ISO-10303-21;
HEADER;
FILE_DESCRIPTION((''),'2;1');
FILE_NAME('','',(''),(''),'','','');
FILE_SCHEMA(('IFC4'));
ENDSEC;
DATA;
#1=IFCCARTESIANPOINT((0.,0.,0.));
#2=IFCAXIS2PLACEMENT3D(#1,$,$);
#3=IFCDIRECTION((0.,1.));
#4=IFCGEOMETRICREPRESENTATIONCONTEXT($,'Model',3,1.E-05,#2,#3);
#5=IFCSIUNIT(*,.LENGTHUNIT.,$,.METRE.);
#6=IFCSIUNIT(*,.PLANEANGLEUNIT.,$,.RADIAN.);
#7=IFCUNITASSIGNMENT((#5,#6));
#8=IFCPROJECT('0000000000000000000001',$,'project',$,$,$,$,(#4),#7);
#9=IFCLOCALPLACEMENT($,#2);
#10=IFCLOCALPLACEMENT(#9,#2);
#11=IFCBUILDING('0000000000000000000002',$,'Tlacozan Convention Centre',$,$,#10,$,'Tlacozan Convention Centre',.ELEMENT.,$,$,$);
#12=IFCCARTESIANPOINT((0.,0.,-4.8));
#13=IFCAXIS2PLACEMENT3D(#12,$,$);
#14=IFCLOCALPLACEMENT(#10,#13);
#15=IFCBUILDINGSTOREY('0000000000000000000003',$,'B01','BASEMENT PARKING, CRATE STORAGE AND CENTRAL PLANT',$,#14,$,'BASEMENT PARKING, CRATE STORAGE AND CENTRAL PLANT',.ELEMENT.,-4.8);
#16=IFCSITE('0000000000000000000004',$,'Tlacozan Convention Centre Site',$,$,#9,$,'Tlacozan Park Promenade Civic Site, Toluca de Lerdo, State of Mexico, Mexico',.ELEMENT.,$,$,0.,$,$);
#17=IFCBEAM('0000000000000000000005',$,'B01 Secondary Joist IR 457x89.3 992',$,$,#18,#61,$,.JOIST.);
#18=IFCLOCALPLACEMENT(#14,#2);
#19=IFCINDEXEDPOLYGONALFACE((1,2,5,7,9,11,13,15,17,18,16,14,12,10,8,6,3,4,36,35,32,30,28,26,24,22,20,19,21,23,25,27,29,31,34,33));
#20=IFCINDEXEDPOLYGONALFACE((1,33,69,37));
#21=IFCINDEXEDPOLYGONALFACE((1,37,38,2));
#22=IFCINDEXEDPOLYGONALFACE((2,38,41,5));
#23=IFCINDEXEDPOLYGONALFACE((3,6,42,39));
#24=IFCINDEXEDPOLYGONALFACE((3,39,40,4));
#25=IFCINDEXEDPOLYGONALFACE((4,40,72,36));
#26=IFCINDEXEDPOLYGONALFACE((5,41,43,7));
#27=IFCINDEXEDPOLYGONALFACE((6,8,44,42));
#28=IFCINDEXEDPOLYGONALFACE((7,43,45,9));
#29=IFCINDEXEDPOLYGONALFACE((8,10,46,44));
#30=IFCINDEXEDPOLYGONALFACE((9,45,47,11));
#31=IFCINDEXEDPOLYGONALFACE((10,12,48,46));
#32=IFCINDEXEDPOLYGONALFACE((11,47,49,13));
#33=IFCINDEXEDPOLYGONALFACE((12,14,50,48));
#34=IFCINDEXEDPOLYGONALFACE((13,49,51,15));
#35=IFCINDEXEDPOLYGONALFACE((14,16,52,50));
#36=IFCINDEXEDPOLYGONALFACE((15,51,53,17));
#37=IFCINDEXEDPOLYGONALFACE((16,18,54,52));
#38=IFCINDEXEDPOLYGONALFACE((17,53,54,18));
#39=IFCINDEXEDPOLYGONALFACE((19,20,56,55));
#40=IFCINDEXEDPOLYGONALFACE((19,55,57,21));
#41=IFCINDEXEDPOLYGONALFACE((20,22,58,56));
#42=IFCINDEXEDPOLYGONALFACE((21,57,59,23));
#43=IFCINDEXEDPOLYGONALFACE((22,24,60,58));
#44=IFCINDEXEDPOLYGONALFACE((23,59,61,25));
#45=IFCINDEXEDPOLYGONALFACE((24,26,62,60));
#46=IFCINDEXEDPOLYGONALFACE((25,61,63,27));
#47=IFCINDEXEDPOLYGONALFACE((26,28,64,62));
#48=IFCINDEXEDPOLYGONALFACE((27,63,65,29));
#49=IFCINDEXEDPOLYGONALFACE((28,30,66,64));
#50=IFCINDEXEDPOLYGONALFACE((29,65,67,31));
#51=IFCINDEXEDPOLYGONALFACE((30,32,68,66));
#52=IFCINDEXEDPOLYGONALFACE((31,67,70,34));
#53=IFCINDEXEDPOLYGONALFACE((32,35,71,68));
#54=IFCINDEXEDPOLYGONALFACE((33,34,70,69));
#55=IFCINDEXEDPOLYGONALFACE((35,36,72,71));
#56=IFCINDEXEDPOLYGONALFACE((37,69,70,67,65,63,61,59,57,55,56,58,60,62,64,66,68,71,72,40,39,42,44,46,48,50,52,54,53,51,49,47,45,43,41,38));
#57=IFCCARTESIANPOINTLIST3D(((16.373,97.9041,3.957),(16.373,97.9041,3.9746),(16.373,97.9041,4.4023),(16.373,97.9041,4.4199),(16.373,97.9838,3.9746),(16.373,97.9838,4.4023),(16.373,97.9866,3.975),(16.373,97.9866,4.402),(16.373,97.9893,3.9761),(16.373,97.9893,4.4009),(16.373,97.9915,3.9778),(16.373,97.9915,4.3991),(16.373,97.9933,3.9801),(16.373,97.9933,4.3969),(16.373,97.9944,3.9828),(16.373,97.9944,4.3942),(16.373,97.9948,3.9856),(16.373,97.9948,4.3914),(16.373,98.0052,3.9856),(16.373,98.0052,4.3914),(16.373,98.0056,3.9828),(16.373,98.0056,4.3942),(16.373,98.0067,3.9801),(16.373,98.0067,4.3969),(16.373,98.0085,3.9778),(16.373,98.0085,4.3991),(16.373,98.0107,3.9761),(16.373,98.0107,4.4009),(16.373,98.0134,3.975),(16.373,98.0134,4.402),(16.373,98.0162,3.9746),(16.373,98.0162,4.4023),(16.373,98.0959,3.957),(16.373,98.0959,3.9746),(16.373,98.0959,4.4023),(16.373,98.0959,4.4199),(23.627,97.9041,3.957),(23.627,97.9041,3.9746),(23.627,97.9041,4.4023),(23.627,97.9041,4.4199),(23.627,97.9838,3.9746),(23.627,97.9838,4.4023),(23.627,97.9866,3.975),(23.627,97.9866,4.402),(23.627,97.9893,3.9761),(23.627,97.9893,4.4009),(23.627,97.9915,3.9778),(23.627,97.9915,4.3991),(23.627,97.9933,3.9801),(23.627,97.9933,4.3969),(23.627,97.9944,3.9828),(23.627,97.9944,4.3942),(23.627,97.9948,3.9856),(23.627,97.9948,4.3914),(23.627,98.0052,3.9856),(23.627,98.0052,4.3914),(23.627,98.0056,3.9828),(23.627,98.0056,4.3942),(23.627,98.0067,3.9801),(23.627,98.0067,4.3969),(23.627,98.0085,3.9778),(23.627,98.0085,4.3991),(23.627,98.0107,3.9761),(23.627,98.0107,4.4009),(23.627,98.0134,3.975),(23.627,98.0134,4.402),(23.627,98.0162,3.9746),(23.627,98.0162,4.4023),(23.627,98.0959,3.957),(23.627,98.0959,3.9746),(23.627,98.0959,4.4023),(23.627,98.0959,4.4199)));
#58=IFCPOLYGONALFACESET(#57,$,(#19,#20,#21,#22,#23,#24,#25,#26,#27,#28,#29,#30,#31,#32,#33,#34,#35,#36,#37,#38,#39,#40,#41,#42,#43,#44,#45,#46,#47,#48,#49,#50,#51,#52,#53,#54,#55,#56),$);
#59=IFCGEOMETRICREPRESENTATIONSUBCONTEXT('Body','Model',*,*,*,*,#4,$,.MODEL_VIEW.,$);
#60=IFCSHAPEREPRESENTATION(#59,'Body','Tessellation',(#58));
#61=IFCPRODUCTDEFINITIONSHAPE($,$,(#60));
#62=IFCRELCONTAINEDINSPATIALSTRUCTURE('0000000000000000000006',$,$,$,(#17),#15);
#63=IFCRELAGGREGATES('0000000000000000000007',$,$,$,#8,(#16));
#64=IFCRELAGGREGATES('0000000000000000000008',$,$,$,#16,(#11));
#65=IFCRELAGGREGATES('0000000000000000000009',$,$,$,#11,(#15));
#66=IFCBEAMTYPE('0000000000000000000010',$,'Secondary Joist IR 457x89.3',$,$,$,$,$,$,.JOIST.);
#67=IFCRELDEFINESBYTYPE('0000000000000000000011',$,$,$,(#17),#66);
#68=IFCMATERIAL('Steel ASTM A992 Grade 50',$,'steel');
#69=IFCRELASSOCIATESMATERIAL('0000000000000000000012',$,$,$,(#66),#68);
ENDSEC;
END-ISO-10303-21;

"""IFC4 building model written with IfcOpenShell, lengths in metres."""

from ifc_helpers import new_model, si_unit, direction, frame, origin, origin_2d, place, context, subcontext, project, spatial, i_section, extrude, material, material_profile, profile_set, type_object, element, save


model = new_model("IFC4")

# Units and contexts
model_context = context("Model", 3, precision=1e-05, world=origin(), true_north=direction((0.0, 1.0)))
body_context = subcontext(model_context, "Body", "Model", "MODEL_VIEW")
ifc_project = project(units=[si_unit("LENGTHUNIT", "METRE"), si_unit("PLANEANGLEUNIT", "RADIAN")], contexts=[model_context])

# Site, building, storey
site_placement = place(None, origin())
site = spatial("IfcSite", under=ifc_project, at=site_placement, Name="Tlacozan Convention Centre Site", LongName="Tlacozan Park Promenade Civic Site, Toluca de Lerdo, State of Mexico, Mexico", CompositionType="ELEMENT", RefElevation=0.0)
building_placement = place(site_placement, origin())
building = spatial("IfcBuilding", under=site, at=building_placement, Name="Tlacozan Convention Centre", LongName="Tlacozan Convention Centre", CompositionType="ELEMENT")
storey_placement = place(building_placement, frame((0.0, 0.0, -4.8)))
storey = spatial("IfcBuildingStorey", under=building, at=storey_placement, Name="B01", Description="BASEMENT PARKING, CRATE STORAGE AND CENTRAL PLANT", LongName="BASEMENT PARKING, CRATE STORAGE AND CENTRAL PLANT", CompositionType="ELEMENT", Elevation=-4.8)

# Beam
ifc_material_1 = material(Name="Steel ASTM A992 Grade 50", Category="steel")
ifc_material_profile_1 = material_profile(ifc_material_1, i_section(OverallWidth=0.1919, OverallDepth=0.4629, WebThickness=0.0105, FlangeThickness=0.0176, FilletRadius=0.011, at=origin_2d()), Name="IR 457x89.3")
ifc_profile_set_1 = profile_set([ifc_material_profile_1], Name="Steel ASTM A992 Grade 50")
beam_type_1 = type_object("IfcBeamType", Name="Secondary Joist IR 457x89.3", PredefinedType="JOIST", material=ifc_profile_set_1)
for number, where, z_axis, x_axis, name in (
    (1, (16.373, 98.0, 4.1885), (1.0, 0.0, 0.0), (0.0, 1.0, 0.0), "B01 Secondary Joist IR 457x89.3 992"),
):
    element("IfcBeam", number, at=place(storey_placement, frame(where, z_axis=z_axis, x_axis=x_axis)), inside=storey, type_object=beam_type_1, Name=name, PredefinedType="JOIST", context=body_context, shape_type="SweptSolid", body=[
        extrude(i_section(OverallWidth=0.1919, OverallDepth=0.4629, WebThickness=0.0105, FlangeThickness=0.0176, FilletRadius=0.011, at=origin_2d()), origin(), (0.0, 0.0, 1.0), 7.2539),
    ])

save(model, "model.ifc")
